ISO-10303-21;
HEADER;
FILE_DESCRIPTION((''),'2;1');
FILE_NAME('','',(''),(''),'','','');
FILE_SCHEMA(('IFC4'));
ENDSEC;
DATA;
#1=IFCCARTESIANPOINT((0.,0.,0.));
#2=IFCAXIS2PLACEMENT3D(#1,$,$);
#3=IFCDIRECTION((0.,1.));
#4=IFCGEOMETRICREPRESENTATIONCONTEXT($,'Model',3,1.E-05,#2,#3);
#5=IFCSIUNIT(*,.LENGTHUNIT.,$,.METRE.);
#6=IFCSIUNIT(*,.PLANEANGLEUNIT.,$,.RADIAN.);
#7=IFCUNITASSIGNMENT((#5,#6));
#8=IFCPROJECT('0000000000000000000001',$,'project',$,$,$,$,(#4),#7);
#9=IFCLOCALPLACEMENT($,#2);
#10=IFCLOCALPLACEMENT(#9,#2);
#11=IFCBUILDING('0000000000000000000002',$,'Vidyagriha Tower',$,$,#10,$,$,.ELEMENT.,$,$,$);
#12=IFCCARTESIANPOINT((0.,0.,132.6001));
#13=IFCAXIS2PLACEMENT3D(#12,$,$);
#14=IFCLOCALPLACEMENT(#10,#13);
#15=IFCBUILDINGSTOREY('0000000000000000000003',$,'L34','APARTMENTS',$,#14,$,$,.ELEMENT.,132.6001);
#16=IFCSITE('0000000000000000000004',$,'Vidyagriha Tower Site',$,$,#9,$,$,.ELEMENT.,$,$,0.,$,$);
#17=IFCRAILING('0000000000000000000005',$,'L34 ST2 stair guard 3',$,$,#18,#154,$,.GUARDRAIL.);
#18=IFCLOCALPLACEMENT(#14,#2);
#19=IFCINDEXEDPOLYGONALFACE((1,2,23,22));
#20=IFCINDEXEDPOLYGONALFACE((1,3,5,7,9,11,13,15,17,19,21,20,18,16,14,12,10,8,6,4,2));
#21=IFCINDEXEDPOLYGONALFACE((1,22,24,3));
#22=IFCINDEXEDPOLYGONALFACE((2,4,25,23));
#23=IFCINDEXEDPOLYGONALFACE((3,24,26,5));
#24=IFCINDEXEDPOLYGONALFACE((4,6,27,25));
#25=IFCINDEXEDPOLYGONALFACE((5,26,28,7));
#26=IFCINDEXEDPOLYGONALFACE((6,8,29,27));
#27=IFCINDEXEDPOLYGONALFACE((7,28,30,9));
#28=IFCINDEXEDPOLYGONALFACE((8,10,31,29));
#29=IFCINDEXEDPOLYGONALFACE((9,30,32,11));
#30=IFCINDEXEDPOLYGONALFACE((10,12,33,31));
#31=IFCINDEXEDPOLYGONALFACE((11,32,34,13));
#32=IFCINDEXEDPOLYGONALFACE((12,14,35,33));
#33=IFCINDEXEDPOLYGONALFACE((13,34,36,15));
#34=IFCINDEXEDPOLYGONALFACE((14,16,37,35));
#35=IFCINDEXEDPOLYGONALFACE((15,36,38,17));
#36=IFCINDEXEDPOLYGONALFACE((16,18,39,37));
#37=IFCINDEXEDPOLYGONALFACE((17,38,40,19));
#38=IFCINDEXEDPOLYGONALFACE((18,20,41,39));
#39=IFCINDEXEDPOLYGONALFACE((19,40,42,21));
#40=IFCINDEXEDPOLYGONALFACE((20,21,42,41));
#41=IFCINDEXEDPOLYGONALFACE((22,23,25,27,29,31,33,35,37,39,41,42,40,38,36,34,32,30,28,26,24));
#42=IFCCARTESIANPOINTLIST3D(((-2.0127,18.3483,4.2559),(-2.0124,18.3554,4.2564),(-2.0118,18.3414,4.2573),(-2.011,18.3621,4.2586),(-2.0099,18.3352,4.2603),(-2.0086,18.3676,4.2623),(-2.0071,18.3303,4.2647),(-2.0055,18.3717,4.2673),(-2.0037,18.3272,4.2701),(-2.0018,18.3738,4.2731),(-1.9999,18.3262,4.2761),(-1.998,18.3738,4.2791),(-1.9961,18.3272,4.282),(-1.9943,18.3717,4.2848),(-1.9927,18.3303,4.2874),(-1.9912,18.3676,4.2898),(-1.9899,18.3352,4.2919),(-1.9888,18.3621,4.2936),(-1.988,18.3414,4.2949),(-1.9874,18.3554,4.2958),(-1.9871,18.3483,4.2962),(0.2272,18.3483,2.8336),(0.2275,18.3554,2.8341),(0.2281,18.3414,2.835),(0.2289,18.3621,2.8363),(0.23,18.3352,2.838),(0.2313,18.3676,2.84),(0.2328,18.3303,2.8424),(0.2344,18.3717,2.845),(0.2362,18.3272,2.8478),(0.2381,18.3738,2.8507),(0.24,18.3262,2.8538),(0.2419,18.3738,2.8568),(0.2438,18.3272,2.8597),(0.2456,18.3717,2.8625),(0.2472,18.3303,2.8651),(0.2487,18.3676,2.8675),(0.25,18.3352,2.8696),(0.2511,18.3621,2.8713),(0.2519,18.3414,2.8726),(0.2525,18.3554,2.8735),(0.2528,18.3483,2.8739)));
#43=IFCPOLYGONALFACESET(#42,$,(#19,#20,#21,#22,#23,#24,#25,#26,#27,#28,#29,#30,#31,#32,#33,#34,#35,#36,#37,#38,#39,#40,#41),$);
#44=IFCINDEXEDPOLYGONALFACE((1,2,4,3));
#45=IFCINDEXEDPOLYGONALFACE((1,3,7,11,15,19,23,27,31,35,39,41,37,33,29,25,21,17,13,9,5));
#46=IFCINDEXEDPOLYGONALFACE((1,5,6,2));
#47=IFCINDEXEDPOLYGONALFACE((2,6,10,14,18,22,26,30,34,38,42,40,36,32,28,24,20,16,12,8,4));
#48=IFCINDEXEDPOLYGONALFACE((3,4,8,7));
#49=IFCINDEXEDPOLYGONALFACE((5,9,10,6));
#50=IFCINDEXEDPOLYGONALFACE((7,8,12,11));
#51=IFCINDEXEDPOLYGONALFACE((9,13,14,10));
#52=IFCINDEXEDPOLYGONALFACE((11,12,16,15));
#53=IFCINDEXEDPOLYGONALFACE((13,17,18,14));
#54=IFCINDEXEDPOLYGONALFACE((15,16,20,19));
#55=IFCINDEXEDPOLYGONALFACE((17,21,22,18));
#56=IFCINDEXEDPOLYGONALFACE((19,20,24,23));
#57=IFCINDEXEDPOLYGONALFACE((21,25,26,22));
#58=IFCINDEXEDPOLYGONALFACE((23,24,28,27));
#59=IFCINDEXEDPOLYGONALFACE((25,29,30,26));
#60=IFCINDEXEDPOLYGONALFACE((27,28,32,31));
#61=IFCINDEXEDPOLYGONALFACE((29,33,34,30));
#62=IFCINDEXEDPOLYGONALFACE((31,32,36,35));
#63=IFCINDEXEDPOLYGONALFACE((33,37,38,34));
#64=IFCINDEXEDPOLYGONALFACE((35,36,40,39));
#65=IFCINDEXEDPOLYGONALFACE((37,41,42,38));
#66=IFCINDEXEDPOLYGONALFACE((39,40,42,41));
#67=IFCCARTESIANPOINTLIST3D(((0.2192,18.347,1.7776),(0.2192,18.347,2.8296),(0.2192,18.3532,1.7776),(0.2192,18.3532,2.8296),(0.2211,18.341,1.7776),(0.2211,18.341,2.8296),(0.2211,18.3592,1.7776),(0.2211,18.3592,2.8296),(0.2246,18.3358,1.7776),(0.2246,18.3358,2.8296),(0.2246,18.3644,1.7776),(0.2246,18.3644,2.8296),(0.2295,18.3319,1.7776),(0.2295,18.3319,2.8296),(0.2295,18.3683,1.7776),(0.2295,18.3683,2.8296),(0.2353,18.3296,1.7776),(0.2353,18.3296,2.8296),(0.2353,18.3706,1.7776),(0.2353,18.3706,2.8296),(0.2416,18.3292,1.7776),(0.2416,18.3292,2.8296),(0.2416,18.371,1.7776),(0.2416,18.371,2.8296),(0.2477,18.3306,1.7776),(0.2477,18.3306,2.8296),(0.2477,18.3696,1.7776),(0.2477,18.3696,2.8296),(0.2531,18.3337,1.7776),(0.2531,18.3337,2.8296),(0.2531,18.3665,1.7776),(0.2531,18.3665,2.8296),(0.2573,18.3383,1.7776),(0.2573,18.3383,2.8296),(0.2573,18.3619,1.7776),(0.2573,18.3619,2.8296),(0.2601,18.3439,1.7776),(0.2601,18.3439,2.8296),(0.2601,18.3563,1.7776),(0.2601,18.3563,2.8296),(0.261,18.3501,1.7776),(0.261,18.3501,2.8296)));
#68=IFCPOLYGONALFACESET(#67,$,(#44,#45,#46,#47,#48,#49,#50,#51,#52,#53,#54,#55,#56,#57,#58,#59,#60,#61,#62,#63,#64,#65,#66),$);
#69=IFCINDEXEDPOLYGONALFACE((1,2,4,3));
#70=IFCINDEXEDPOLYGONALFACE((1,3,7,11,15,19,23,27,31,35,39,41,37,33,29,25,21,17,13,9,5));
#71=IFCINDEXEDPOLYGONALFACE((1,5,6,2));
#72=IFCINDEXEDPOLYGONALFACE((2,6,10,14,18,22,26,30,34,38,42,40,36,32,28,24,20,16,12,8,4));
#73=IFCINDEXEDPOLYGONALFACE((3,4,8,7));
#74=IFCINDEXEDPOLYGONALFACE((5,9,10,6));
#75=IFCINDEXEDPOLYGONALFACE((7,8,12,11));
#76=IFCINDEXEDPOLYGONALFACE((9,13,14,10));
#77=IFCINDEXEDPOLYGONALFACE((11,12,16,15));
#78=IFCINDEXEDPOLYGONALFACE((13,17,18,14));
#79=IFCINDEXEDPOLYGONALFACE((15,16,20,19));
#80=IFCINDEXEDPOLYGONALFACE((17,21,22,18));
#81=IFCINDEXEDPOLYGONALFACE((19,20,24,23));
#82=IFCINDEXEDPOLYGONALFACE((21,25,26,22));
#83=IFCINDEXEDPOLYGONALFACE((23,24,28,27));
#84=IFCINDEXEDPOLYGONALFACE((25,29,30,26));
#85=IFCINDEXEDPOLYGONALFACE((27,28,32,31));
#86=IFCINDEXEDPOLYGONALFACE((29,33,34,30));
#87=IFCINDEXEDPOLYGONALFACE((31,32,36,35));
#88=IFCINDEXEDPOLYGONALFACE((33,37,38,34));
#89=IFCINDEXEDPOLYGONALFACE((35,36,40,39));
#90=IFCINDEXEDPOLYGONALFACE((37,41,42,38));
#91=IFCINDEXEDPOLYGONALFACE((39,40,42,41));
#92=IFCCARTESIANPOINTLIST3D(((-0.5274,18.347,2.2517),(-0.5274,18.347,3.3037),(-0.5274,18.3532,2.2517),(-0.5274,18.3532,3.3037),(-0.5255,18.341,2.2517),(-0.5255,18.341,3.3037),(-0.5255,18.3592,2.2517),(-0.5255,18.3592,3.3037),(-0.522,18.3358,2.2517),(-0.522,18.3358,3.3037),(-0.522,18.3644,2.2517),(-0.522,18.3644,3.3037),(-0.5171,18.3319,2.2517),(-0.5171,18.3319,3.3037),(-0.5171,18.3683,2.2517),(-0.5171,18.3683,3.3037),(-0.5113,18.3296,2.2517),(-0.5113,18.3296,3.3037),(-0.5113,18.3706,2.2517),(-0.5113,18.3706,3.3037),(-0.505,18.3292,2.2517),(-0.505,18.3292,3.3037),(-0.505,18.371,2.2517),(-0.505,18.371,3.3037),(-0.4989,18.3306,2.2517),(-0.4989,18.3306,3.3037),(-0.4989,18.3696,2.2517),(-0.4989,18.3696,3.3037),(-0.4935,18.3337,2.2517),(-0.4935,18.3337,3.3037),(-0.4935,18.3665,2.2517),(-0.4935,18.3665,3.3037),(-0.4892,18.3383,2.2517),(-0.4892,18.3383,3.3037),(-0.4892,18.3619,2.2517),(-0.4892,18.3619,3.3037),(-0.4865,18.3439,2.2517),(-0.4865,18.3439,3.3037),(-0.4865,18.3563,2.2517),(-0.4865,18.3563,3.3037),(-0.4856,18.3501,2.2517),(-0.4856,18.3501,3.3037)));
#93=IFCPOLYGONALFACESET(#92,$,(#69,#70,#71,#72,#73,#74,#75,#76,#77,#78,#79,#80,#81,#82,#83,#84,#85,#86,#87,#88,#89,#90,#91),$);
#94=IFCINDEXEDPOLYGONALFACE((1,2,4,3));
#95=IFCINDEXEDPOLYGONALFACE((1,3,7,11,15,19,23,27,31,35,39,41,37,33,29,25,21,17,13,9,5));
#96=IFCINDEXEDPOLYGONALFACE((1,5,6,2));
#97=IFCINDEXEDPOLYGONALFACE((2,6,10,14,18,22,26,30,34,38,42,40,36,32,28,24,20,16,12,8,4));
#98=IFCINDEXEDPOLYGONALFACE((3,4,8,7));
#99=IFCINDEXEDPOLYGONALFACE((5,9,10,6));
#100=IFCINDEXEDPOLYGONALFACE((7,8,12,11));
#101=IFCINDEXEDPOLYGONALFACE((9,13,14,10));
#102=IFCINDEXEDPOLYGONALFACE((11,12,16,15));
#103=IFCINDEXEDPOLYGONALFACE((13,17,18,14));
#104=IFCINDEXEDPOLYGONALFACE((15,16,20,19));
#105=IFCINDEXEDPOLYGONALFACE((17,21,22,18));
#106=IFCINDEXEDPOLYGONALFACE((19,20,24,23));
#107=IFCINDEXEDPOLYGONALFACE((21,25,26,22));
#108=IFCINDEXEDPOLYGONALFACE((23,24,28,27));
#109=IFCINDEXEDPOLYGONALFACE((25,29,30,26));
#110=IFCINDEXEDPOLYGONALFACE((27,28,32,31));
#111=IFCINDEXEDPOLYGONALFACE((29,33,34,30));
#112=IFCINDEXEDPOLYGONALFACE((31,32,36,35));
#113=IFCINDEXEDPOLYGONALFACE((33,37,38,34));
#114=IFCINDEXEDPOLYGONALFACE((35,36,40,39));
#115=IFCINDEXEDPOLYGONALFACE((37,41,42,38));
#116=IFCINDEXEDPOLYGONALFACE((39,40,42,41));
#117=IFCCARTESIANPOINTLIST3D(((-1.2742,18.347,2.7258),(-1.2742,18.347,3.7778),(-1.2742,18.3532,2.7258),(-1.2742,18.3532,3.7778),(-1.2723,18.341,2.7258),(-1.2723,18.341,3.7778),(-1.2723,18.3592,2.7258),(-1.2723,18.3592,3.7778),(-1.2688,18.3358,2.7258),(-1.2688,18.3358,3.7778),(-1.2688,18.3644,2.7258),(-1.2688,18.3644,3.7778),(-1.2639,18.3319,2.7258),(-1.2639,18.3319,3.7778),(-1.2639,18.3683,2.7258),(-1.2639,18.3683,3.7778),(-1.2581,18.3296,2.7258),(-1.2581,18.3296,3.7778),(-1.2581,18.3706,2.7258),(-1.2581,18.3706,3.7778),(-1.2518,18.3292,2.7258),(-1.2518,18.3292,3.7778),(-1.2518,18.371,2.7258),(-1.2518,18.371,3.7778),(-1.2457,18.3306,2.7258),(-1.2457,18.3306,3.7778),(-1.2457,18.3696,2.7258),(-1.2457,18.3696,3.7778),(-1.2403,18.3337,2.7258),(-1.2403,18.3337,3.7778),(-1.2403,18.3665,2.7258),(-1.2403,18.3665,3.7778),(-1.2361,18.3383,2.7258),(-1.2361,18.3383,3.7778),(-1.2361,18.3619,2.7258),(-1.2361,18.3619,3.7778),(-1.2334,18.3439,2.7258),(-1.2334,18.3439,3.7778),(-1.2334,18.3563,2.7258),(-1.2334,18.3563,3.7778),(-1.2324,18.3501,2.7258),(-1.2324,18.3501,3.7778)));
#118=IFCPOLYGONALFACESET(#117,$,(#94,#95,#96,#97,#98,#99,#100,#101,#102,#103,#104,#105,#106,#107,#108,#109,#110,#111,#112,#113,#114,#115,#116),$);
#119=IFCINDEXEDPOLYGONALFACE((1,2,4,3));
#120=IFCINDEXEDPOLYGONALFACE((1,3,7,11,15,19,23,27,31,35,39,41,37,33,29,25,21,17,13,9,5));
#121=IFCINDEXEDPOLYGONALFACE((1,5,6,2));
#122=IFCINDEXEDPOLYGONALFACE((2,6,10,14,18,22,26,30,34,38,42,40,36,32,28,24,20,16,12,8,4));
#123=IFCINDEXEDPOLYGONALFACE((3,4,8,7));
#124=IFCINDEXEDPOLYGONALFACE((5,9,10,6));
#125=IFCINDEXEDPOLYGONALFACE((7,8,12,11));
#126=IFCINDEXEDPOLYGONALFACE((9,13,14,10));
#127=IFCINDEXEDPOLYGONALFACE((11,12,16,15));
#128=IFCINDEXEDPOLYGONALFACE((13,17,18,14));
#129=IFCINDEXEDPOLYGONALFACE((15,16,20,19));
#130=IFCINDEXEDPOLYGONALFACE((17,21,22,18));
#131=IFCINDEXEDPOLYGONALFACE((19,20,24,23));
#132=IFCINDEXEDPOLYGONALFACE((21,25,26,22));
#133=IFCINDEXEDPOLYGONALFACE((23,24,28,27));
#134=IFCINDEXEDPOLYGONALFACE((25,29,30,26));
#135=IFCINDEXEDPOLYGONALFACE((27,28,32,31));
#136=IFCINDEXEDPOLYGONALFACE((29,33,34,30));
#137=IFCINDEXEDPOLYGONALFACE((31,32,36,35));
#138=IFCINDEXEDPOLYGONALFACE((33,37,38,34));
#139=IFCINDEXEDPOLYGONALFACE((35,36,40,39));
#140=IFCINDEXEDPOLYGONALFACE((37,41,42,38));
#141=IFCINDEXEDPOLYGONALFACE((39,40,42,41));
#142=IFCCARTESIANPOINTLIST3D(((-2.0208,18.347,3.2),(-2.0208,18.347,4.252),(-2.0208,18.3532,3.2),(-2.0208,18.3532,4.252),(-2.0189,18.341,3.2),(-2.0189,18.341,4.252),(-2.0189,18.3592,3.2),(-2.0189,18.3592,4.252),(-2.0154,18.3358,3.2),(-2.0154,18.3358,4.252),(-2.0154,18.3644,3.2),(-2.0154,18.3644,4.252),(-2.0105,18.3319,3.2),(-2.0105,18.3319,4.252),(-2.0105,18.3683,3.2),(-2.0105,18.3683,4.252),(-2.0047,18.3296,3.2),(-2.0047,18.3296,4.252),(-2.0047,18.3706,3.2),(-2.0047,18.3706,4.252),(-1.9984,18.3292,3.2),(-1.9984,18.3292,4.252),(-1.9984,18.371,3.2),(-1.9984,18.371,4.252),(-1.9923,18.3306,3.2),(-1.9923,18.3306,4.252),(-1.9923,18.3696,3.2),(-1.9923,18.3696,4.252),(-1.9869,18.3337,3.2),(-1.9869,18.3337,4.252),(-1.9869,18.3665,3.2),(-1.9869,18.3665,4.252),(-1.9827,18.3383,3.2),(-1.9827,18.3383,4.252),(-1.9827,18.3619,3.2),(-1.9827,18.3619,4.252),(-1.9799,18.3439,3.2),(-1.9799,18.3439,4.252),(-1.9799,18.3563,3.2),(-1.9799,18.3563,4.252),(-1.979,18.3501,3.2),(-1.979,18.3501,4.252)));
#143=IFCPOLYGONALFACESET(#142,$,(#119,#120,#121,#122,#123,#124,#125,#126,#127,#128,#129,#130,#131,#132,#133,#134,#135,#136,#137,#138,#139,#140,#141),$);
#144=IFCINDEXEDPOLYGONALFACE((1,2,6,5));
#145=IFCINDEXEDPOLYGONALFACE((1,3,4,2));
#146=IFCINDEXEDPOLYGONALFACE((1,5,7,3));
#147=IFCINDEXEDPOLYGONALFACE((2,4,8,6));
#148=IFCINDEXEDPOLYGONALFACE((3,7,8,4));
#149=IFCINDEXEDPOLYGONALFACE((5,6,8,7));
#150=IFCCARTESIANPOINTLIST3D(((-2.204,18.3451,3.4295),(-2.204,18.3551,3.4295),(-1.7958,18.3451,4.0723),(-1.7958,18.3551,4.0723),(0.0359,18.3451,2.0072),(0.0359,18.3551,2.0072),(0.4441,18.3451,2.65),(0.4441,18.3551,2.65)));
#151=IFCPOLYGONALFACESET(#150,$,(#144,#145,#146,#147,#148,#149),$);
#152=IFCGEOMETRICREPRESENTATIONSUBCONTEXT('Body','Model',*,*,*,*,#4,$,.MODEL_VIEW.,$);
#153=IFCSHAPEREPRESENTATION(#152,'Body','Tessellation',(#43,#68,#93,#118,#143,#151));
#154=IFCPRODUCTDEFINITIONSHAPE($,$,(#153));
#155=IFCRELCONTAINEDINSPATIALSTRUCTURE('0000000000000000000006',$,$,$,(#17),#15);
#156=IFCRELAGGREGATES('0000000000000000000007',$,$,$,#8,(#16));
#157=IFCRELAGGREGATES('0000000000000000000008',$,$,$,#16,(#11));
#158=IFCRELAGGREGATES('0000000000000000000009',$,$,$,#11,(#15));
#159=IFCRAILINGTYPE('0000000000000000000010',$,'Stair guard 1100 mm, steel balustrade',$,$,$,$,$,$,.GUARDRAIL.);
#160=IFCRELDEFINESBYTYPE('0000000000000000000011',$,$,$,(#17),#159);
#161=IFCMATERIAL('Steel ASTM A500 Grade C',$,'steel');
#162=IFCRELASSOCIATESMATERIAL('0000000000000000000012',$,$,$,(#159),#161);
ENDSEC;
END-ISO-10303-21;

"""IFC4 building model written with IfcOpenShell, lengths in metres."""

from ifc_helpers import new_model, si_unit, direction, frame, origin, origin_2d, place, context, subcontext, project, spatial, rectangle, circle, extrude, material, type_object, element, save


model = new_model("IFC4")

# Units and contexts
model_context = context("Model", 3, precision=1e-05, world=origin(), true_north=direction((0.0, 1.0)))
body_context = subcontext(model_context, "Body", "Model", "MODEL_VIEW")
ifc_project = project(units=[si_unit("LENGTHUNIT", "METRE"), si_unit("PLANEANGLEUNIT", "RADIAN")], contexts=[model_context])

# Site, building, storey
site_placement = place(None, origin())
site = spatial("IfcSite", under=ifc_project, at=site_placement, Name="Vidyagriha Tower Site", CompositionType="ELEMENT", RefElevation=0.0)
building_placement = place(site_placement, origin())
building = spatial("IfcBuilding", under=site, at=building_placement, Name="Vidyagriha Tower", CompositionType="ELEMENT")
storey_placement = place(building_placement, frame((0.0, 0.0, 132.6001)))
storey = spatial("IfcBuildingStorey", under=building, at=storey_placement, Name="L34", Description="APARTMENTS", CompositionType="ELEMENT", Elevation=132.6001)

# Railing
ifc_material_1 = material(Name="Steel ASTM A500 Grade C", Category="steel")
railing_type_1 = type_object("IfcRailingType", Name="Stair guard 1100 mm, steel balustrade", PredefinedType="GUARDRAIL", material=ifc_material_1)
railing_1_placement = place(storey_placement, frame((0.24, 18.3501, 1.7776)))
element("IfcRailing", 1, at=railing_1_placement, inside=storey, type_object=railing_type_1, Name="L34 ST2 stair guard 3", PredefinedType="GUARDRAIL", context=body_context, shape_type="SweptSolid", body=[
    extrude(circle(Radius=0.0239, at=origin_2d()), frame((0.0, 0.0, 1.0762), z_axis=(-0.844188, 0.0, 0.536048), x_axis=(0.0, -1.0, 0.0)), (0.0, 0.0, 1.0), 2.6533),
    extrude(circle(Radius=0.021, at=origin_2d()), origin(), (0.0, 0.0, 1.0), 1.052),
    extrude(circle(Radius=0.021, at=origin_2d()), frame((-0.7466, 0.0, 0.4741)), (0.0, 0.0, 1.0), 1.052),
    extrude(circle(Radius=0.021, at=origin_2d()), frame((-1.4934, 0.0, 0.9482)), (0.0, 0.0, 1.0), 1.052),
    extrude(circle(Radius=0.021, at=origin_2d()), frame((-2.24, 0.0, 1.4224)), (0.0, 0.0, 1.0), 1.052),
    extrude(rectangle(XDim=0.01, YDim=0.7615, at=origin_2d()), frame((0.0, 0.0, 0.551), z_axis=(-0.844188, 0.0, 0.536048), x_axis=(0.0, -1.0, 0.0)), (0.0, 0.0, 1.0), 2.6533),
])

save(model, "model.ifc")
